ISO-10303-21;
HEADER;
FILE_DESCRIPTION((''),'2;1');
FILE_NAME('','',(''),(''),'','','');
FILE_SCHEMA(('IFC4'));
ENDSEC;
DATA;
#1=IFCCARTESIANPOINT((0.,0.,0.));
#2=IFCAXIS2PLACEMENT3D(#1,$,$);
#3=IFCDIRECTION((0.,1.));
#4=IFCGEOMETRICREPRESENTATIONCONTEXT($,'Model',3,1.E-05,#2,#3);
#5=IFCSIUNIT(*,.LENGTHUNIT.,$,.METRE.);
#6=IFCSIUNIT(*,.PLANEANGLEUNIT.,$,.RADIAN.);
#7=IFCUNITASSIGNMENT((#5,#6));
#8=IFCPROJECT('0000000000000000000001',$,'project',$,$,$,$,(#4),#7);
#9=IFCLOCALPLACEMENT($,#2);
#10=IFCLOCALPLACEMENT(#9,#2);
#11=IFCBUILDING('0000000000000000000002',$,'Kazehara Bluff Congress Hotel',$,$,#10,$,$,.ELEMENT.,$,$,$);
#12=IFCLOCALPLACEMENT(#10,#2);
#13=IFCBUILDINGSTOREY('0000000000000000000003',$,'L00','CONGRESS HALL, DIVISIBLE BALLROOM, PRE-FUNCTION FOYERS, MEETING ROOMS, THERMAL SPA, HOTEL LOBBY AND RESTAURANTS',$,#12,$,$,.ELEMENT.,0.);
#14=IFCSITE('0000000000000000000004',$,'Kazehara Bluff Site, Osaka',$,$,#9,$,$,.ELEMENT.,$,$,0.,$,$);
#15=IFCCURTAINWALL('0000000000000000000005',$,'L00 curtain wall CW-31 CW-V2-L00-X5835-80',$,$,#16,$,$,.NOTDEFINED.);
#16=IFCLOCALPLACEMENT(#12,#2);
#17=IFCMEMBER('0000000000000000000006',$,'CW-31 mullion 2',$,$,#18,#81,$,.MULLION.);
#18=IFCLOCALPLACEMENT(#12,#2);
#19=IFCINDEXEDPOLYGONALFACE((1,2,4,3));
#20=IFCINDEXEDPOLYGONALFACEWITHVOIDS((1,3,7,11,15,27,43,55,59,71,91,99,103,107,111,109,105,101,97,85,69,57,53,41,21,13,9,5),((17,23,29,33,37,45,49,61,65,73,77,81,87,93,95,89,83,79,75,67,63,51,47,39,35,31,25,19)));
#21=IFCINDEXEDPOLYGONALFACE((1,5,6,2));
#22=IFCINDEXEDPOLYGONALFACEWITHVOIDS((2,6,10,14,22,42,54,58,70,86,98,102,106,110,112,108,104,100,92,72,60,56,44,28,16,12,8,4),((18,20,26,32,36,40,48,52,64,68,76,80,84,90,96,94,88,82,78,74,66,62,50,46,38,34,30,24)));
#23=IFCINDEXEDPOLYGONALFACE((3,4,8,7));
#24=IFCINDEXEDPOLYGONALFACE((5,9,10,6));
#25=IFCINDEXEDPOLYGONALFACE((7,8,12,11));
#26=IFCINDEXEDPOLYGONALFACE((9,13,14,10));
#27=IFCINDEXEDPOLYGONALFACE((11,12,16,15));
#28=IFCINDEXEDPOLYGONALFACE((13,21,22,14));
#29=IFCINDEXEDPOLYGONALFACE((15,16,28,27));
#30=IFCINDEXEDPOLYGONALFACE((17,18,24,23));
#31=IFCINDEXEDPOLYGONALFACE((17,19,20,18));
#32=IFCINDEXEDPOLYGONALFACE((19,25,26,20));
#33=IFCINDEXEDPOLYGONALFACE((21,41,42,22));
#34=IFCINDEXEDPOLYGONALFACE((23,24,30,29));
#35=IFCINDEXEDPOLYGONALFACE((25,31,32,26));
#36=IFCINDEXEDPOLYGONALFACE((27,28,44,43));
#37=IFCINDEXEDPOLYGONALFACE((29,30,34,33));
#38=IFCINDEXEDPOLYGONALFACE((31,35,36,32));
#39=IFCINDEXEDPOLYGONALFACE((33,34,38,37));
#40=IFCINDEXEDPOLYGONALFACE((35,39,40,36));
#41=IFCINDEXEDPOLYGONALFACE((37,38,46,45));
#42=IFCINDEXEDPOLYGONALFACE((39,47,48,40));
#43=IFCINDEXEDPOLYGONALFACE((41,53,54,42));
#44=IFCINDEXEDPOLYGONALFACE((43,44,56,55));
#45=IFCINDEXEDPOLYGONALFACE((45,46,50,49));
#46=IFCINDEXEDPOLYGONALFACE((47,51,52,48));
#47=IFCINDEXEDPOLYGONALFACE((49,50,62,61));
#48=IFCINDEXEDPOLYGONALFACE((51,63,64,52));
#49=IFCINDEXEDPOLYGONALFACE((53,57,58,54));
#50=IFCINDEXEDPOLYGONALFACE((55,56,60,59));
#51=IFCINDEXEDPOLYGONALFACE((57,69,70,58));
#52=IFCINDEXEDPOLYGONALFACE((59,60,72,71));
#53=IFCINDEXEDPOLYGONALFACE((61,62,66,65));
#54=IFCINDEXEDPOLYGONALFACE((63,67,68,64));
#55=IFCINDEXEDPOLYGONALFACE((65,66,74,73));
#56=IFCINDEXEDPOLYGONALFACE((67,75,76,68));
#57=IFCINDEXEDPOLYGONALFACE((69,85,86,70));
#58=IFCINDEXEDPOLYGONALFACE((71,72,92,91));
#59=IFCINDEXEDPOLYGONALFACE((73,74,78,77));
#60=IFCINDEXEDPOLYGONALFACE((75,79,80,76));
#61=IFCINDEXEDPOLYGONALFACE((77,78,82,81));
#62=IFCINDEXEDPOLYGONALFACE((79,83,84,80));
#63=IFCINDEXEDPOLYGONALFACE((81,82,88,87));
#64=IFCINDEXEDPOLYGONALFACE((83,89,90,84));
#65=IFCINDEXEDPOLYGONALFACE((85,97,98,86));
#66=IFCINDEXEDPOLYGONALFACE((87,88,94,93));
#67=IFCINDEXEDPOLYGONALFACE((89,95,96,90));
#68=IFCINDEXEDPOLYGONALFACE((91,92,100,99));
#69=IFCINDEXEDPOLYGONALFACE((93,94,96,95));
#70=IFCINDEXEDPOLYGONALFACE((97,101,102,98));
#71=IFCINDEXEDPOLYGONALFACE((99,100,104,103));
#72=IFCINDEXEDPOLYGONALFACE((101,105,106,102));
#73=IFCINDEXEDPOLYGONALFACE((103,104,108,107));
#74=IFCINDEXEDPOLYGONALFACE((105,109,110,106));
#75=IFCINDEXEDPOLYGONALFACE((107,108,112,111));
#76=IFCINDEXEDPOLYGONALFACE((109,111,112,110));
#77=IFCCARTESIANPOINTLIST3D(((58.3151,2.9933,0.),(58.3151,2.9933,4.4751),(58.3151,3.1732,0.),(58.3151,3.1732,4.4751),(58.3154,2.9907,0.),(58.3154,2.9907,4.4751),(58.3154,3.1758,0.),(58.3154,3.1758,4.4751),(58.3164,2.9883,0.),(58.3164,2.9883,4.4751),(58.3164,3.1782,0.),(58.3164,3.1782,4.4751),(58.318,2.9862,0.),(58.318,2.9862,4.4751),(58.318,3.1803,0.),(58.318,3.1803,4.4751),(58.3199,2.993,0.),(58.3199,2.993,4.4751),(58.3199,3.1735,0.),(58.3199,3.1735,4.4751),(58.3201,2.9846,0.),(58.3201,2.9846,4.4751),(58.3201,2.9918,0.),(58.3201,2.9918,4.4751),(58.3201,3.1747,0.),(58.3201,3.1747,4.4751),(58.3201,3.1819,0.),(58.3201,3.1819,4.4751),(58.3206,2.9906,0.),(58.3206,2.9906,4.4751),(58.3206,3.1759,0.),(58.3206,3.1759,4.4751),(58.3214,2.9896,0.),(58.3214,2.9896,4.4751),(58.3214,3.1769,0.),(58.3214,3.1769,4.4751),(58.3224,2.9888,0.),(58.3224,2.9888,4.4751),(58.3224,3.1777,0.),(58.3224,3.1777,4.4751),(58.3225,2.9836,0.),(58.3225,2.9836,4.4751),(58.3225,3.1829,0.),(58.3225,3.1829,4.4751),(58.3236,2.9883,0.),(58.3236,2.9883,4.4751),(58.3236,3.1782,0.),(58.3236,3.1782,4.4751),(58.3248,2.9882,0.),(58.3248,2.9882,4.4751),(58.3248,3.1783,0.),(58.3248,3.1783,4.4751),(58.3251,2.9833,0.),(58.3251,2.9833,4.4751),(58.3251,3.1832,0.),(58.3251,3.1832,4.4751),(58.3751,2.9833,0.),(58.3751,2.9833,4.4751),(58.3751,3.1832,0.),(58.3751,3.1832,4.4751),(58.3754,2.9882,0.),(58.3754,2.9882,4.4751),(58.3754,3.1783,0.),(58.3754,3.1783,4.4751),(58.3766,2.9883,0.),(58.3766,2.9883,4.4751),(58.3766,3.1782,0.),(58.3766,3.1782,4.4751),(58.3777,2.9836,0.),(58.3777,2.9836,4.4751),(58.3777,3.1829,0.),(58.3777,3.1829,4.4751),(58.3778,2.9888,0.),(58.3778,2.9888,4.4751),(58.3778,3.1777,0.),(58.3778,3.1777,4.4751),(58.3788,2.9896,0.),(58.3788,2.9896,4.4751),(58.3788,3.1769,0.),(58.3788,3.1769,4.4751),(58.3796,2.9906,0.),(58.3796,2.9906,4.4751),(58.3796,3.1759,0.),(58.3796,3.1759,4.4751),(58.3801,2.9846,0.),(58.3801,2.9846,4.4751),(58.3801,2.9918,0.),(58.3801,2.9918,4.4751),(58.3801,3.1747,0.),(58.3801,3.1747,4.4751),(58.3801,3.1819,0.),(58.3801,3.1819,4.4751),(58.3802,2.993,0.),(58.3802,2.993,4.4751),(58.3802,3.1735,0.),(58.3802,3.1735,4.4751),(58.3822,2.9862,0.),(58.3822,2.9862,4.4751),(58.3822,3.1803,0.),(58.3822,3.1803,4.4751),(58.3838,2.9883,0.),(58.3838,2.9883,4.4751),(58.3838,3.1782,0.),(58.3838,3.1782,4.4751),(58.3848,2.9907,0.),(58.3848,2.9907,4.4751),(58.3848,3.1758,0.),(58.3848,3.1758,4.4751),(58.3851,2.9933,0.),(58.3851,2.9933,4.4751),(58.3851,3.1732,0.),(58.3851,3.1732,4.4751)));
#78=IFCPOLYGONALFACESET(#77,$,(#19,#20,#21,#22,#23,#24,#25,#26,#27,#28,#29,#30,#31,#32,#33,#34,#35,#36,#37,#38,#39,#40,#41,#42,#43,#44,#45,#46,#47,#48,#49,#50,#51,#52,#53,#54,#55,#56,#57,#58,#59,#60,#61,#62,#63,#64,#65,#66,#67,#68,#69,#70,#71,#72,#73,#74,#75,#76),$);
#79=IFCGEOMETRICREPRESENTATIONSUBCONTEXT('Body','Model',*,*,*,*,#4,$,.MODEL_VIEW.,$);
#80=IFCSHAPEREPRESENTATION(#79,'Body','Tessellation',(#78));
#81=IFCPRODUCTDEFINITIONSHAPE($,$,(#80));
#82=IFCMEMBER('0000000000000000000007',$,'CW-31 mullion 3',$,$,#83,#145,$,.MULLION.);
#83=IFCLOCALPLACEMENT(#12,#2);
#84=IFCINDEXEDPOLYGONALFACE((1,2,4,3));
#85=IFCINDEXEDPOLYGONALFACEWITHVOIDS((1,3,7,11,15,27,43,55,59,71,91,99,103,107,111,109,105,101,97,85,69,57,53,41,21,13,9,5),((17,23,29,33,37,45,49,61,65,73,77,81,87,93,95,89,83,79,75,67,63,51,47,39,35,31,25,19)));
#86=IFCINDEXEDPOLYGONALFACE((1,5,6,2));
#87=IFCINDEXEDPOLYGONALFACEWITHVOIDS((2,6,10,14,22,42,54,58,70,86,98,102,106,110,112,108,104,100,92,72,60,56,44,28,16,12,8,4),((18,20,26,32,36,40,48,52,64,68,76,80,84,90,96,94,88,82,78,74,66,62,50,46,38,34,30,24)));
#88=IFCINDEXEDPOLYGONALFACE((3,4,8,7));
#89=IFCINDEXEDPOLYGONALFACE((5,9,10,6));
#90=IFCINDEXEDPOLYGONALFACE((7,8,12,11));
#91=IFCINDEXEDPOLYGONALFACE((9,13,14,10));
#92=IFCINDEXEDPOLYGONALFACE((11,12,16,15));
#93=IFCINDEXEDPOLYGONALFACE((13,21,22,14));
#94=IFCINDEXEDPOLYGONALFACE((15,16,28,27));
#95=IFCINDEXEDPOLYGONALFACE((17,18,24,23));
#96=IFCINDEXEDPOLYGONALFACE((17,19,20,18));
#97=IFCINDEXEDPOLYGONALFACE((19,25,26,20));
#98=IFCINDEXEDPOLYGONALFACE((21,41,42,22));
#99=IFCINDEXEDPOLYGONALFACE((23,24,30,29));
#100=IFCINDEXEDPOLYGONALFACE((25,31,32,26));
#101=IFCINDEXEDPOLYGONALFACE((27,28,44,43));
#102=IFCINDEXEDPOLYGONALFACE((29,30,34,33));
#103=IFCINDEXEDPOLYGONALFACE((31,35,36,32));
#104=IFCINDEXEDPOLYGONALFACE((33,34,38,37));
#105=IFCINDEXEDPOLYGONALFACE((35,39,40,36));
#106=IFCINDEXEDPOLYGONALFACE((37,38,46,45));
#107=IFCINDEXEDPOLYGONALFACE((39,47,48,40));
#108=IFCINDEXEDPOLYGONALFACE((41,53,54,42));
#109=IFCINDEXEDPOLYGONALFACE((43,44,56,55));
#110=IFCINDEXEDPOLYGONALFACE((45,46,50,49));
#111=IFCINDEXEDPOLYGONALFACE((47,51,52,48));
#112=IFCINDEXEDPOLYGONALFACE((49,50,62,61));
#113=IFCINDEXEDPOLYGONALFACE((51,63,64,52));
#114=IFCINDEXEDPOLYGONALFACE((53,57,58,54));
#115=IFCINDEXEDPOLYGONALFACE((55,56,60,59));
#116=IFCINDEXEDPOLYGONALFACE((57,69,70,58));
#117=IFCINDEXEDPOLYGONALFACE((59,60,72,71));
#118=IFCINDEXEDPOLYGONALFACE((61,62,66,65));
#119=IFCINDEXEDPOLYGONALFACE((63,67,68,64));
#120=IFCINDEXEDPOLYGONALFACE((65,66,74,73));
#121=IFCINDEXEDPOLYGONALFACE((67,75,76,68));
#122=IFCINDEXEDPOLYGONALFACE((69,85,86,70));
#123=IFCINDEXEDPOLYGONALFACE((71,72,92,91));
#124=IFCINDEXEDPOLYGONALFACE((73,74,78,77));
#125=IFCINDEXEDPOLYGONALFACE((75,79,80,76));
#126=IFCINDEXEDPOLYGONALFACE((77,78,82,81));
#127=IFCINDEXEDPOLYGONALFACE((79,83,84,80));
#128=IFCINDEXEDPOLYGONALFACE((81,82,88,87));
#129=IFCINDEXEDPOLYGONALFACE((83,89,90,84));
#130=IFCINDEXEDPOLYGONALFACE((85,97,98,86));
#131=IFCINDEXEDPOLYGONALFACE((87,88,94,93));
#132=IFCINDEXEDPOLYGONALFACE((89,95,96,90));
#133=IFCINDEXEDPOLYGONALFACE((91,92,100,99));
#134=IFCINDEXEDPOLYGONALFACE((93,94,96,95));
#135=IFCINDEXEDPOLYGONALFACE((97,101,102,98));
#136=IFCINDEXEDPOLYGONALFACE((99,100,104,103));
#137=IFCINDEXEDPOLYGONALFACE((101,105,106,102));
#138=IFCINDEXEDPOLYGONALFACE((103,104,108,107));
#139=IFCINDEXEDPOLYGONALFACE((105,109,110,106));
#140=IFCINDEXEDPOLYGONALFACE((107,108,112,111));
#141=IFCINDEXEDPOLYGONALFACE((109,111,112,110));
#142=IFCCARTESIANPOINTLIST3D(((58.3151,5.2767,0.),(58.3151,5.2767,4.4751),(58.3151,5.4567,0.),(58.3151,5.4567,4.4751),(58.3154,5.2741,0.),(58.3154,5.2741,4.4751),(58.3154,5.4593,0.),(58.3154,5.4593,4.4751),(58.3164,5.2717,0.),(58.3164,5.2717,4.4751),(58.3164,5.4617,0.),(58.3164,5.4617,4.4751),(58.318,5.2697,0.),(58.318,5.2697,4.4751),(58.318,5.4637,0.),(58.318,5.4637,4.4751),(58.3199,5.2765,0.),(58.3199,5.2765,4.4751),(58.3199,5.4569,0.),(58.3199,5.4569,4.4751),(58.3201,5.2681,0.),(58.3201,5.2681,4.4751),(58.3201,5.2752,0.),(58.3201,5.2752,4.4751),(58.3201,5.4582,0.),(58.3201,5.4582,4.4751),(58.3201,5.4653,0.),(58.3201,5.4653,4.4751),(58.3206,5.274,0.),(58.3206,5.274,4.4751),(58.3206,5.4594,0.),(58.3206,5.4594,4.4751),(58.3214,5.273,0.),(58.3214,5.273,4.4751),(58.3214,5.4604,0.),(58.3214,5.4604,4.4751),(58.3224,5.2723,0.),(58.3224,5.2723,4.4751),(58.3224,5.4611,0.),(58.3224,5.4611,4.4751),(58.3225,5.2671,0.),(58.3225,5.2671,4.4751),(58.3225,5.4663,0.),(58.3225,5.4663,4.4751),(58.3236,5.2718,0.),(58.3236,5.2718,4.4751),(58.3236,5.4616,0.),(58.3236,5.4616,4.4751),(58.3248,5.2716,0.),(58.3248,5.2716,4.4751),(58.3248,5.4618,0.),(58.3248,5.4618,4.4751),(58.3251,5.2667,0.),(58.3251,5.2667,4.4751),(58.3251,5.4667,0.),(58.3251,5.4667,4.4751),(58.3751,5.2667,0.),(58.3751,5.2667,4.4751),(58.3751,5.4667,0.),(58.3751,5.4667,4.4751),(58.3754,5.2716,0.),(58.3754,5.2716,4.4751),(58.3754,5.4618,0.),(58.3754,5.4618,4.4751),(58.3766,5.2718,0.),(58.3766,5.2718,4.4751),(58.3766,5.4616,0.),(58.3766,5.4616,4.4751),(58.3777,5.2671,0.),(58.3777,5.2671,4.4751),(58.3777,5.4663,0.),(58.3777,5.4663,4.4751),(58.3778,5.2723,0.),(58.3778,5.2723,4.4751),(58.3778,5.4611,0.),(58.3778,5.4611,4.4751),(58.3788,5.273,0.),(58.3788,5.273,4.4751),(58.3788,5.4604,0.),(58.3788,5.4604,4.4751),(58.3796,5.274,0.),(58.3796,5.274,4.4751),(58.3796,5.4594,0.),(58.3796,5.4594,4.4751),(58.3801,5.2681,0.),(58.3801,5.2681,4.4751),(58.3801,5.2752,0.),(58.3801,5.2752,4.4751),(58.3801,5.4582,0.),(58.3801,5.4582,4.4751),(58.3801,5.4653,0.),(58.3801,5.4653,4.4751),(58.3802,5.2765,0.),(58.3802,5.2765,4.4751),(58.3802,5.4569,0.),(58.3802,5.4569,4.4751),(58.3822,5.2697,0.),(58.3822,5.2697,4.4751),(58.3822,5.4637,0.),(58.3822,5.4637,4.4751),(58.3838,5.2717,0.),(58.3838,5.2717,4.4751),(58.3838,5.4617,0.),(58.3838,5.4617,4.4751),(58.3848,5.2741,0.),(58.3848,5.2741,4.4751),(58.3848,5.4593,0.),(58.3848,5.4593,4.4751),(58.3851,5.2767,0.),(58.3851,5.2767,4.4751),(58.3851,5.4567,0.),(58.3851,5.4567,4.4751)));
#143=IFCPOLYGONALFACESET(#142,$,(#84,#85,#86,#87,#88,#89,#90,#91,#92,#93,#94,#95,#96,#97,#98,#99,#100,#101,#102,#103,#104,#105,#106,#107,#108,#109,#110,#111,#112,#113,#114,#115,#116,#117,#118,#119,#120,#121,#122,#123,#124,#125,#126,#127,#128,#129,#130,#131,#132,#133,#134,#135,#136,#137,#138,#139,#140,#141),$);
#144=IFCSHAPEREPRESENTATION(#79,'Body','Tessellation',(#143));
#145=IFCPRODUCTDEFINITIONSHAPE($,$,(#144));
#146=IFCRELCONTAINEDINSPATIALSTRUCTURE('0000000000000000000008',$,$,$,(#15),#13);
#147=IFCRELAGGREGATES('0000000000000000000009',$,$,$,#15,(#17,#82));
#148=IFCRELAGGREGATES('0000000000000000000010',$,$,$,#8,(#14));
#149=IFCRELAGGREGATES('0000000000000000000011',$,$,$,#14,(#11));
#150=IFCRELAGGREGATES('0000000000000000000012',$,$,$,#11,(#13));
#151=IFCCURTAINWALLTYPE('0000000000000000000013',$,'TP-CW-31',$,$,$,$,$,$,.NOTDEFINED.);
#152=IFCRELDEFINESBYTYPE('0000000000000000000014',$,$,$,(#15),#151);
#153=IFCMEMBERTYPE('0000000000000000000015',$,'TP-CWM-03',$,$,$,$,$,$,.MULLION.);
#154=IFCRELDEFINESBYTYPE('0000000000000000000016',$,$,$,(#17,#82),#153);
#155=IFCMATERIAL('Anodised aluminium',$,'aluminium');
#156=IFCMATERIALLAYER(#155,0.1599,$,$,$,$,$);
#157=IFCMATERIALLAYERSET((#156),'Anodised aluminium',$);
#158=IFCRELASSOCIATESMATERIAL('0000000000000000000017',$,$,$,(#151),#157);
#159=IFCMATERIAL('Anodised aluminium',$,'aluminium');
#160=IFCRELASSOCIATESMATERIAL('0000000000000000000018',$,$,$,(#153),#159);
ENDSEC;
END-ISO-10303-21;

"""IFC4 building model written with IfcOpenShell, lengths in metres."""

from ifc_helpers import new_model, si_unit, direction, frame, origin, origin_2d, place, context, subcontext, project, spatial, hollow_rectangle, extrude, material, layer, layer_set, material_profile, profile_set, type_object, element, aggregate, save


model = new_model("IFC4")

# Units and contexts
model_context = context("Model", 3, precision=1e-05, world=origin(), true_north=direction((0.0, 1.0)))
body_context = subcontext(model_context, "Body", "Model", "MODEL_VIEW")
ifc_project = project(units=[si_unit("LENGTHUNIT", "METRE"), si_unit("PLANEANGLEUNIT", "RADIAN")], contexts=[model_context])

# Site, building, storey
site_placement = place(None, origin())
site = spatial("IfcSite", under=ifc_project, at=site_placement, Name="Kazehara Bluff Site, Osaka", CompositionType="ELEMENT", RefElevation=0.0)
building_placement = place(site_placement, origin())
building = spatial("IfcBuilding", under=site, at=building_placement, Name="Kazehara Bluff Congress Hotel", CompositionType="ELEMENT")
storey_placement = place(building_placement, origin())
storey = spatial("IfcBuildingStorey", under=building, at=storey_placement, Name="L00", Description="CONGRESS HALL, DIVISIBLE BALLROOM, PRE-FUNCTION FOYERS, MEETING ROOMS, THERMAL SPA, HOTEL LOBBY AND RESTAURANTS", CompositionType="ELEMENT", Elevation=0.0)

# Curtain wall, members
ifc_material_1 = material(Name="Anodised aluminium", Category="aluminium")
ifc_layer_1 = layer(ifc_material_1, 0.1599)
ifc_layer_set_1 = layer_set([ifc_layer_1], Name="Anodised aluminium")
curtain_wall_type = type_object("IfcCurtainWallType", Name="TP-CW-31", PredefinedType="NOTDEFINED", material=ifc_layer_set_1)
curtain_wall_placement = place(storey_placement, origin())
curtain_wall = element("IfcCurtainWall", 1, at=curtain_wall_placement, inside=storey, type_object=curtain_wall_type, Name="L00 curtain wall CW-31 CW-V2-L00-X5835-80", PredefinedType="NOTDEFINED")
ifc_material_2 = material(Name="Anodised aluminium", Category="aluminium")
ifc_material_profile_1 = material_profile(ifc_material_2, hollow_rectangle(XDim=0.0701, YDim=0.2, WallThickness=0.0049, InnerFilletRadius=0.0049, OuterFilletRadius=0.01, at=origin_2d()))
ifc_profile_set_1 = profile_set([ifc_material_profile_1], Name="Anodised aluminium")
member_type_1 = type_object("IfcMemberType", Name="TP-CWM-03", PredefinedType="MULLION", material=ifc_profile_set_1)
member_1_placement = place(storey_placement, frame((58.3501, 3.0833, 0.0), z_axis=(0.0, 0.0, 1.0), x_axis=(-1.0, 0.0, 0.0)))
member_1 = element("IfcMember", 2, at=member_1_placement, type_object=member_type_1, Name="CW-31 mullion 2", PredefinedType="MULLION", context=body_context, shape_type="SweptSolid", body=[
    extrude(hollow_rectangle(XDim=0.0701, YDim=0.2, WallThickness=0.0049, InnerFilletRadius=0.0049, OuterFilletRadius=0.01, at=origin_2d()), origin(), (0.0, 0.0, 1.0), 4.4751),
])
member_2_placement = place(storey_placement, frame((58.3501, 5.3667, 0.0), z_axis=(0.0, 0.0, 1.0), x_axis=(-1.0, 0.0, 0.0)))
member_2 = element("IfcMember", 3, at=member_2_placement, type_object=member_type_1, Name="CW-31 mullion 3", PredefinedType="MULLION", context=body_context, shape_type="SweptSolid", body=[
    extrude(hollow_rectangle(XDim=0.0701, YDim=0.2, WallThickness=0.0049, InnerFilletRadius=0.0049, OuterFilletRadius=0.01, at=origin_2d()), origin(), (0.0, 0.0, 1.0), 4.4751),
])

aggregate(curtain_wall, [member_1, member_2])

save(model, "model.ifc")
